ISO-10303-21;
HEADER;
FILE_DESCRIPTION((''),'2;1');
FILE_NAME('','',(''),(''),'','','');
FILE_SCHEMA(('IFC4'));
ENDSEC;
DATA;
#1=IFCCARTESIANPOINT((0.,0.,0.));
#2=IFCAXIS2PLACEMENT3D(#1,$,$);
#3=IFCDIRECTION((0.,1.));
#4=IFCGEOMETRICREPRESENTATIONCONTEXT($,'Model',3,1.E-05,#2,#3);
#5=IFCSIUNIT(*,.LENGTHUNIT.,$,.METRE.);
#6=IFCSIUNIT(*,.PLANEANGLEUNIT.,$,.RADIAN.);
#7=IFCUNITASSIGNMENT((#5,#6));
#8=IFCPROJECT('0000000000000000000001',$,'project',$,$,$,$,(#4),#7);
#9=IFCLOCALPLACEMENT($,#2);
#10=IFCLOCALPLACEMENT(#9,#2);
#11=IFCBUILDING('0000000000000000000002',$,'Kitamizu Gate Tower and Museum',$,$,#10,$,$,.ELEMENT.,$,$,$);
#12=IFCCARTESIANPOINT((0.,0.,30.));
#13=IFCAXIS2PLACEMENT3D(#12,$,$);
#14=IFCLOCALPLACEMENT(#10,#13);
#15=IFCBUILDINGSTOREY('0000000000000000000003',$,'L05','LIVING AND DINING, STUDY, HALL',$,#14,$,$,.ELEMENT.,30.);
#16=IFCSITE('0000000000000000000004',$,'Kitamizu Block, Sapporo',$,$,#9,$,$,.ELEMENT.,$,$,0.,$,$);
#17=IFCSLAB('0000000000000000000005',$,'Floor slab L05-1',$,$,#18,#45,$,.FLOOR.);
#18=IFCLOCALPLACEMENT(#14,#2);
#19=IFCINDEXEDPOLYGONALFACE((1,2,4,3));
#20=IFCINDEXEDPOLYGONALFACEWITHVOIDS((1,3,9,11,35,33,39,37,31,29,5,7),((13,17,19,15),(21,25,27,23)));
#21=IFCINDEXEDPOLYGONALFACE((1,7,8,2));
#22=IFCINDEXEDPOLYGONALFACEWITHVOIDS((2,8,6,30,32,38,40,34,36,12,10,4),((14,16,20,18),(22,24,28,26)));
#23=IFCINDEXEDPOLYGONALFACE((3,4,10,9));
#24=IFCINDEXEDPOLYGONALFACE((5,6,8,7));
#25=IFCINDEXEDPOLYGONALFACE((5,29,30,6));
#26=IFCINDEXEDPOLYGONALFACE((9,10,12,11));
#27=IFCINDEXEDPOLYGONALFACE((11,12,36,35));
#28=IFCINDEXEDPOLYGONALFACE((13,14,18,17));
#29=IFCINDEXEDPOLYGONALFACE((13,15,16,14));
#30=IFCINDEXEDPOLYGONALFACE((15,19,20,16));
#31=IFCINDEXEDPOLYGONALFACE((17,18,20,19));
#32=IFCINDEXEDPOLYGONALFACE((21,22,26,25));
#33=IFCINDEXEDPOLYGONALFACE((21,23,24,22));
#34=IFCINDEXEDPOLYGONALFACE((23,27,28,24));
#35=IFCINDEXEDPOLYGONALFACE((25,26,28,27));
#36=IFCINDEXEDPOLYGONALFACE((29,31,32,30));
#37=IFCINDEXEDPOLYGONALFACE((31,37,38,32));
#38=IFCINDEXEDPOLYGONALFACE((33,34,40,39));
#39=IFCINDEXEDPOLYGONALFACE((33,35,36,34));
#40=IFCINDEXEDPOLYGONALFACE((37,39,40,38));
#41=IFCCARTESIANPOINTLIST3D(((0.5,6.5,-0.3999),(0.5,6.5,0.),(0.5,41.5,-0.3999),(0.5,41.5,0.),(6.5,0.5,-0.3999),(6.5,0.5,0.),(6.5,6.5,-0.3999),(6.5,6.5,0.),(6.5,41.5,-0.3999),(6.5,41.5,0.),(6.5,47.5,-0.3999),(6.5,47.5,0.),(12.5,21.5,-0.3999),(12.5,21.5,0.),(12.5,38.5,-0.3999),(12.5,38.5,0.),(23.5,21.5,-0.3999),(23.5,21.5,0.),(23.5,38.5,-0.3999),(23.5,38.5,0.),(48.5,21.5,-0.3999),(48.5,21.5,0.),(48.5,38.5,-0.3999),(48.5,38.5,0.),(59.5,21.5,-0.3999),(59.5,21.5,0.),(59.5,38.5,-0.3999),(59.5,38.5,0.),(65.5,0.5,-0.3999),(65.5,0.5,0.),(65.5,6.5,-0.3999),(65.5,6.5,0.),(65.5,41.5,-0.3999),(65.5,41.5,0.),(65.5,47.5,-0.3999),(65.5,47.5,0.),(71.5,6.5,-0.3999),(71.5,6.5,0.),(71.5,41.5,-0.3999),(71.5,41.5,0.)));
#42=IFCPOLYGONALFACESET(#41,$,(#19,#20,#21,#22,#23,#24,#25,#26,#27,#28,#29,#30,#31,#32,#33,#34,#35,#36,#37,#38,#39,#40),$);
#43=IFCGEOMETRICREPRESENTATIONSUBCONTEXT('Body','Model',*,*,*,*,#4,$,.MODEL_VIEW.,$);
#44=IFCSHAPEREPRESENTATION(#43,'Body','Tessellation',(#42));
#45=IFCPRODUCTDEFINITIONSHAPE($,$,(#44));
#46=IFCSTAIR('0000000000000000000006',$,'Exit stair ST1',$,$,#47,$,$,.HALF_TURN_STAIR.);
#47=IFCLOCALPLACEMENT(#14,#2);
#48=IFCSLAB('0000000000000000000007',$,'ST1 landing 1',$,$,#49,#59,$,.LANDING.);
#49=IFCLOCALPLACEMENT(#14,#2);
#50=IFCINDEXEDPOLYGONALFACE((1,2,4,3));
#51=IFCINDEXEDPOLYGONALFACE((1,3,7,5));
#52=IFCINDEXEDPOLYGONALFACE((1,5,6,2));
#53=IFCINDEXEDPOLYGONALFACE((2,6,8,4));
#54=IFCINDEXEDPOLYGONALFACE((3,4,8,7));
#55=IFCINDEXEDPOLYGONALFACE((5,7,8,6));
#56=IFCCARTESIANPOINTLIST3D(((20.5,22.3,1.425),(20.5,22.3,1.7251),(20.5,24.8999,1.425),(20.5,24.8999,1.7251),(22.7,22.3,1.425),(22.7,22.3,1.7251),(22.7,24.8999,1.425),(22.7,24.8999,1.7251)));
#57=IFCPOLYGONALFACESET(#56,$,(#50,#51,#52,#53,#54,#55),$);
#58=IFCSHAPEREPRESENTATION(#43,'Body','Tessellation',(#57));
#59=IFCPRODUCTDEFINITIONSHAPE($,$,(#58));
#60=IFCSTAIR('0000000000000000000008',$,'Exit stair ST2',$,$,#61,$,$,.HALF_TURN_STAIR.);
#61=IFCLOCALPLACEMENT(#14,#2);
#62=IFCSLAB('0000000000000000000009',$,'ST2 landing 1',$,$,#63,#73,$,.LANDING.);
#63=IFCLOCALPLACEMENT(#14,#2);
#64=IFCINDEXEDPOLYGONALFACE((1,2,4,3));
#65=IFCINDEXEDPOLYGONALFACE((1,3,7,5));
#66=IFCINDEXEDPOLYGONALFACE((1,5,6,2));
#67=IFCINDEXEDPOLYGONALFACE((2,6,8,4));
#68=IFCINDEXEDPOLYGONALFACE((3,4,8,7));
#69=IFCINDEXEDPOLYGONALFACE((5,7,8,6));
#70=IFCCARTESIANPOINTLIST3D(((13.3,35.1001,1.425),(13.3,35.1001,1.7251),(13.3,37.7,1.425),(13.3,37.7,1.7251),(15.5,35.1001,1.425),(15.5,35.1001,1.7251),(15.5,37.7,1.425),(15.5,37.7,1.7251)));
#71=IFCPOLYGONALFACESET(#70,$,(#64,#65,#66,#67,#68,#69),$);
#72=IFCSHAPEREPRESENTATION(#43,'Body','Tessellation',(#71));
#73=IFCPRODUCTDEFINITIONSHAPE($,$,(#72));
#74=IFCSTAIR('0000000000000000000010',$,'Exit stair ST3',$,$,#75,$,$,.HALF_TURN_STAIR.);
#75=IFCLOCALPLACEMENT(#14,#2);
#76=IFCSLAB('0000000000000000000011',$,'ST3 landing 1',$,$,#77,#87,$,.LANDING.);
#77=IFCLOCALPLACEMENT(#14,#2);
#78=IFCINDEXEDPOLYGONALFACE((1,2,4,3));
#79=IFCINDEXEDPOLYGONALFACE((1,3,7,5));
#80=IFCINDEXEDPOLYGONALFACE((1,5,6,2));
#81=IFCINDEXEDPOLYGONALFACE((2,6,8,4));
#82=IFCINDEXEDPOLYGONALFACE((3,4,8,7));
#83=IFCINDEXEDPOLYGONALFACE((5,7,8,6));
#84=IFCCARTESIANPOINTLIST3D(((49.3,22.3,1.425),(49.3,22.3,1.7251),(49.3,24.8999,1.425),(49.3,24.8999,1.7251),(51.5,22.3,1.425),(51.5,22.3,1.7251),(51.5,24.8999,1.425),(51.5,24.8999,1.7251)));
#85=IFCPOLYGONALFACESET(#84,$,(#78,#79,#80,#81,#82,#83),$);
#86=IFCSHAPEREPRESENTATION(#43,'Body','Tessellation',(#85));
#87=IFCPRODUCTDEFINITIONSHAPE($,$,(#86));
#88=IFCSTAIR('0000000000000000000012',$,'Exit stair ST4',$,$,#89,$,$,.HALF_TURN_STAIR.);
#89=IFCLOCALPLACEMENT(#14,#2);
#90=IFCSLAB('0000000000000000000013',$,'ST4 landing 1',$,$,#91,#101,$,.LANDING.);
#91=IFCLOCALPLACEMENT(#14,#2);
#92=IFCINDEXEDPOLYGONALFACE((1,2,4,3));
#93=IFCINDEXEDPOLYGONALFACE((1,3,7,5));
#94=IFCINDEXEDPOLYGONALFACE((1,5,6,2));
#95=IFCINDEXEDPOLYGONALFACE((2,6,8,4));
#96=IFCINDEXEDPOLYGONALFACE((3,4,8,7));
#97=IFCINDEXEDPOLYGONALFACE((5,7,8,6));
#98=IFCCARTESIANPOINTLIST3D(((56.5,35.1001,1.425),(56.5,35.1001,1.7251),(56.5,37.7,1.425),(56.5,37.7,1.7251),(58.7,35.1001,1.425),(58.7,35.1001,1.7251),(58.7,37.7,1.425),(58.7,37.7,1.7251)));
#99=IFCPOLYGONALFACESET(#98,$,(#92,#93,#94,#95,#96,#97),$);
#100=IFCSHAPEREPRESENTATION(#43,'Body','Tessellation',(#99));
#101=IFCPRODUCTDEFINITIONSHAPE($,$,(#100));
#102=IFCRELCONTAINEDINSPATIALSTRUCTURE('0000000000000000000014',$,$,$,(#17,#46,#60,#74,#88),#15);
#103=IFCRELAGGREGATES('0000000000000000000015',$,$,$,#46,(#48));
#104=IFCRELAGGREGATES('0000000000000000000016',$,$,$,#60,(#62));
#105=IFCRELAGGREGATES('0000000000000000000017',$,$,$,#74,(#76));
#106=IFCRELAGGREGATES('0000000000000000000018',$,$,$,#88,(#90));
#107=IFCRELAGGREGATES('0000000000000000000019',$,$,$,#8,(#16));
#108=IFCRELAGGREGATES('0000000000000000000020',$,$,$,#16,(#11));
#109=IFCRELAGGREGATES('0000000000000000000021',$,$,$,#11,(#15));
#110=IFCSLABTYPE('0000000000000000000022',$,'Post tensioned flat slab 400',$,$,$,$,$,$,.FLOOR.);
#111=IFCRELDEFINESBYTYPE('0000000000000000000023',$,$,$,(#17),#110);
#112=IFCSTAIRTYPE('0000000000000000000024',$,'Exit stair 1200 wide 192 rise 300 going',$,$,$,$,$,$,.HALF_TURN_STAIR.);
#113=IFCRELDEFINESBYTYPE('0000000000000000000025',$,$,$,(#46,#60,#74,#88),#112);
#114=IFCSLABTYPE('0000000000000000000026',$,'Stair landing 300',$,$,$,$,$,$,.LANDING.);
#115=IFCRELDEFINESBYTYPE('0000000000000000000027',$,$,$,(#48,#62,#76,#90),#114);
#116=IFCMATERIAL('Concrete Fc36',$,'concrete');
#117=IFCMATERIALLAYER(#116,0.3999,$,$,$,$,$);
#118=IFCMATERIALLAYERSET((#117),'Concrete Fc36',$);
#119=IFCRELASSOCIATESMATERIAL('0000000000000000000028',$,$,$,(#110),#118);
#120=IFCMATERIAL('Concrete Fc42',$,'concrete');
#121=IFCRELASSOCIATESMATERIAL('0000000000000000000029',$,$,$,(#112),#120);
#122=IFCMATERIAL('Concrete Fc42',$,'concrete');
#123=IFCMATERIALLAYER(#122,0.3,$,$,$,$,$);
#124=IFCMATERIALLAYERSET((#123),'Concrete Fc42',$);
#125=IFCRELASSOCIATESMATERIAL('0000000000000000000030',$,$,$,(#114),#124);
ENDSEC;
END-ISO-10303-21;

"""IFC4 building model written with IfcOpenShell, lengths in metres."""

from ifc_helpers import new_model, si_unit, direction, frame, origin, place, context, subcontext, project, spatial, polyline, outline, extrude, material, layer, layer_set, type_object, element, aggregate, save


model = new_model("IFC4")

# Units and contexts
model_context = context("Model", 3, precision=1e-05, world=origin(), true_north=direction((0.0, 1.0)))
body_context = subcontext(model_context, "Body", "Model", "MODEL_VIEW")
ifc_project = project(units=[si_unit("LENGTHUNIT", "METRE"), si_unit("PLANEANGLEUNIT", "RADIAN")], contexts=[model_context])

# Site, building, storey
site_placement = place(None, origin())
site = spatial("IfcSite", under=ifc_project, at=site_placement, Name="Kitamizu Block, Sapporo", CompositionType="ELEMENT", RefElevation=0.0)
building_placement = place(site_placement, origin())
building = spatial("IfcBuilding", under=site, at=building_placement, Name="Kitamizu Gate Tower and Museum", CompositionType="ELEMENT")
storey_placement = place(building_placement, frame((0.0, 0.0, 30.0)))
storey = spatial("IfcBuildingStorey", under=building, at=storey_placement, Name="L05", Description="LIVING AND DINING, STUDY, HALL", CompositionType="ELEMENT", Elevation=30.0)

# Slab
ifc_material_1 = material(Name="Concrete Fc36", Category="concrete")
ifc_layer_1 = layer(ifc_material_1, 0.3999)
ifc_layer_set_1 = layer_set([ifc_layer_1], Name="Concrete Fc36")
slab_type_1 = type_object("IfcSlabType", Name="Post tensioned flat slab 400", PredefinedType="FLOOR", material=ifc_layer_set_1)
slab_1_placement = place(storey_placement, frame((0.0, 0.0, -0.3999)))
element("IfcSlab", 1, at=slab_1_placement, inside=storey, type_object=slab_type_1, Name="Floor slab L05-1", PredefinedType="FLOOR", context=body_context, shape_type="SweptSolid", body=[
    extrude(outline(polyline([(0.5, 6.5), (0.5, 41.5), (6.5, 41.5), (6.5, 47.5), (65.5, 47.5), (65.5, 41.5), (71.5, 41.5), (71.5, 6.5), (65.5, 6.5), (65.5, 0.5), (6.5, 0.5), (6.5, 6.5), (0.5, 6.5)]), holes=[polyline([(59.5, 38.5), (48.5, 38.5), (48.5, 21.5), (59.5, 21.5), (59.5, 38.5)]), polyline([(12.5, 38.5), (12.5, 21.5), (23.5, 21.5), (23.5, 38.5), (12.5, 38.5)])]), origin(), (0.0, 0.0, 1.0), 0.3999),
])

# Stairs, slabs
ifc_material_2 = material(Name="Concrete Fc42", Category="concrete")
stair_type = type_object("IfcStairType", Name="Exit stair 1200 wide 192 rise 300 going", PredefinedType="HALF_TURN_STAIR", material=ifc_material_2)
stair_1_placement = place(storey_placement, origin())
stair_1 = element("IfcStair", 2, at=stair_1_placement, inside=storey, type_object=stair_type, Name="Exit stair ST1", PredefinedType="HALF_TURN_STAIR")
ifc_material_3 = material(Name="Concrete Fc42", Category="concrete")
ifc_layer_2 = layer(ifc_material_3, 0.3)
ifc_layer_set_2 = layer_set([ifc_layer_2], Name="Concrete Fc42")
slab_type_2 = type_object("IfcSlabType", Name="Stair landing 300", PredefinedType="LANDING", material=ifc_layer_set_2)
slab_2_placement = place(storey_placement, frame((0.0, 0.0, 1.425)))
slab_2 = element("IfcSlab", 3, at=slab_2_placement, type_object=slab_type_2, Name="ST1 landing 1", PredefinedType="LANDING", context=body_context, shape_type="SweptSolid", body=[
    extrude(outline(polyline([(20.5, 22.3), (22.7, 22.3), (22.7, 24.8999), (20.5, 24.8999), (20.5, 22.3)])), origin(), (0.0, 0.0, 1.0), 0.3),
])
aggregate(stair_1, [slab_2])
stair_2_placement = place(storey_placement, origin())
stair_2 = element("IfcStair", 4, at=stair_2_placement, inside=storey, type_object=stair_type, Name="Exit stair ST2", PredefinedType="HALF_TURN_STAIR")
slab_3_placement = place(storey_placement, frame((0.0, 0.0, 1.425)))
slab_3 = element("IfcSlab", 5, at=slab_3_placement, type_object=slab_type_2, Name="ST2 landing 1", PredefinedType="LANDING", context=body_context, shape_type="SweptSolid", body=[
    extrude(outline(polyline([(13.3, 35.1001), (15.5, 35.1001), (15.5, 37.7), (13.3, 37.7), (13.3, 35.1001)])), origin(), (0.0, 0.0, 1.0), 0.3),
])
aggregate(stair_2, [slab_3])
stair_3_placement = place(storey_placement, origin())
stair_3 = element("IfcStair", 6, at=stair_3_placement, inside=storey, type_object=stair_type, Name="Exit stair ST3", PredefinedType="HALF_TURN_STAIR")
slab_4_placement = place(storey_placement, frame((0.0, 0.0, 1.425)))
slab_4 = element("IfcSlab", 7, at=slab_4_placement, type_object=slab_type_2, Name="ST3 landing 1", PredefinedType="LANDING", context=body_context, shape_type="SweptSolid", body=[
    extrude(outline(polyline([(49.3, 22.3), (51.5, 22.3), (51.5, 24.8999), (49.3, 24.8999), (49.3, 22.3)])), origin(), (0.0, 0.0, 1.0), 0.3),
])
aggregate(stair_3, [slab_4])
stair_4_placement = place(storey_placement, origin())
stair_4 = element("IfcStair", 8, at=stair_4_placement, inside=storey, type_object=stair_type, Name="Exit stair ST4", PredefinedType="HALF_TURN_STAIR")
slab_5_placement = place(storey_placement, frame((0.0, 0.0, 1.425)))
slab_5 = element("IfcSlab", 9, at=slab_5_placement, type_object=slab_type_2, Name="ST4 landing 1", PredefinedType="LANDING", context=body_context, shape_type="SweptSolid", body=[
    extrude(outline(polyline([(56.5, 35.1001), (58.7, 35.1001), (58.7, 37.7), (56.5, 37.7), (56.5, 35.1001)])), origin(), (0.0, 0.0, 1.0), 0.3),
])
aggregate(stair_4, [slab_5])

save(model, "model.ifc")
